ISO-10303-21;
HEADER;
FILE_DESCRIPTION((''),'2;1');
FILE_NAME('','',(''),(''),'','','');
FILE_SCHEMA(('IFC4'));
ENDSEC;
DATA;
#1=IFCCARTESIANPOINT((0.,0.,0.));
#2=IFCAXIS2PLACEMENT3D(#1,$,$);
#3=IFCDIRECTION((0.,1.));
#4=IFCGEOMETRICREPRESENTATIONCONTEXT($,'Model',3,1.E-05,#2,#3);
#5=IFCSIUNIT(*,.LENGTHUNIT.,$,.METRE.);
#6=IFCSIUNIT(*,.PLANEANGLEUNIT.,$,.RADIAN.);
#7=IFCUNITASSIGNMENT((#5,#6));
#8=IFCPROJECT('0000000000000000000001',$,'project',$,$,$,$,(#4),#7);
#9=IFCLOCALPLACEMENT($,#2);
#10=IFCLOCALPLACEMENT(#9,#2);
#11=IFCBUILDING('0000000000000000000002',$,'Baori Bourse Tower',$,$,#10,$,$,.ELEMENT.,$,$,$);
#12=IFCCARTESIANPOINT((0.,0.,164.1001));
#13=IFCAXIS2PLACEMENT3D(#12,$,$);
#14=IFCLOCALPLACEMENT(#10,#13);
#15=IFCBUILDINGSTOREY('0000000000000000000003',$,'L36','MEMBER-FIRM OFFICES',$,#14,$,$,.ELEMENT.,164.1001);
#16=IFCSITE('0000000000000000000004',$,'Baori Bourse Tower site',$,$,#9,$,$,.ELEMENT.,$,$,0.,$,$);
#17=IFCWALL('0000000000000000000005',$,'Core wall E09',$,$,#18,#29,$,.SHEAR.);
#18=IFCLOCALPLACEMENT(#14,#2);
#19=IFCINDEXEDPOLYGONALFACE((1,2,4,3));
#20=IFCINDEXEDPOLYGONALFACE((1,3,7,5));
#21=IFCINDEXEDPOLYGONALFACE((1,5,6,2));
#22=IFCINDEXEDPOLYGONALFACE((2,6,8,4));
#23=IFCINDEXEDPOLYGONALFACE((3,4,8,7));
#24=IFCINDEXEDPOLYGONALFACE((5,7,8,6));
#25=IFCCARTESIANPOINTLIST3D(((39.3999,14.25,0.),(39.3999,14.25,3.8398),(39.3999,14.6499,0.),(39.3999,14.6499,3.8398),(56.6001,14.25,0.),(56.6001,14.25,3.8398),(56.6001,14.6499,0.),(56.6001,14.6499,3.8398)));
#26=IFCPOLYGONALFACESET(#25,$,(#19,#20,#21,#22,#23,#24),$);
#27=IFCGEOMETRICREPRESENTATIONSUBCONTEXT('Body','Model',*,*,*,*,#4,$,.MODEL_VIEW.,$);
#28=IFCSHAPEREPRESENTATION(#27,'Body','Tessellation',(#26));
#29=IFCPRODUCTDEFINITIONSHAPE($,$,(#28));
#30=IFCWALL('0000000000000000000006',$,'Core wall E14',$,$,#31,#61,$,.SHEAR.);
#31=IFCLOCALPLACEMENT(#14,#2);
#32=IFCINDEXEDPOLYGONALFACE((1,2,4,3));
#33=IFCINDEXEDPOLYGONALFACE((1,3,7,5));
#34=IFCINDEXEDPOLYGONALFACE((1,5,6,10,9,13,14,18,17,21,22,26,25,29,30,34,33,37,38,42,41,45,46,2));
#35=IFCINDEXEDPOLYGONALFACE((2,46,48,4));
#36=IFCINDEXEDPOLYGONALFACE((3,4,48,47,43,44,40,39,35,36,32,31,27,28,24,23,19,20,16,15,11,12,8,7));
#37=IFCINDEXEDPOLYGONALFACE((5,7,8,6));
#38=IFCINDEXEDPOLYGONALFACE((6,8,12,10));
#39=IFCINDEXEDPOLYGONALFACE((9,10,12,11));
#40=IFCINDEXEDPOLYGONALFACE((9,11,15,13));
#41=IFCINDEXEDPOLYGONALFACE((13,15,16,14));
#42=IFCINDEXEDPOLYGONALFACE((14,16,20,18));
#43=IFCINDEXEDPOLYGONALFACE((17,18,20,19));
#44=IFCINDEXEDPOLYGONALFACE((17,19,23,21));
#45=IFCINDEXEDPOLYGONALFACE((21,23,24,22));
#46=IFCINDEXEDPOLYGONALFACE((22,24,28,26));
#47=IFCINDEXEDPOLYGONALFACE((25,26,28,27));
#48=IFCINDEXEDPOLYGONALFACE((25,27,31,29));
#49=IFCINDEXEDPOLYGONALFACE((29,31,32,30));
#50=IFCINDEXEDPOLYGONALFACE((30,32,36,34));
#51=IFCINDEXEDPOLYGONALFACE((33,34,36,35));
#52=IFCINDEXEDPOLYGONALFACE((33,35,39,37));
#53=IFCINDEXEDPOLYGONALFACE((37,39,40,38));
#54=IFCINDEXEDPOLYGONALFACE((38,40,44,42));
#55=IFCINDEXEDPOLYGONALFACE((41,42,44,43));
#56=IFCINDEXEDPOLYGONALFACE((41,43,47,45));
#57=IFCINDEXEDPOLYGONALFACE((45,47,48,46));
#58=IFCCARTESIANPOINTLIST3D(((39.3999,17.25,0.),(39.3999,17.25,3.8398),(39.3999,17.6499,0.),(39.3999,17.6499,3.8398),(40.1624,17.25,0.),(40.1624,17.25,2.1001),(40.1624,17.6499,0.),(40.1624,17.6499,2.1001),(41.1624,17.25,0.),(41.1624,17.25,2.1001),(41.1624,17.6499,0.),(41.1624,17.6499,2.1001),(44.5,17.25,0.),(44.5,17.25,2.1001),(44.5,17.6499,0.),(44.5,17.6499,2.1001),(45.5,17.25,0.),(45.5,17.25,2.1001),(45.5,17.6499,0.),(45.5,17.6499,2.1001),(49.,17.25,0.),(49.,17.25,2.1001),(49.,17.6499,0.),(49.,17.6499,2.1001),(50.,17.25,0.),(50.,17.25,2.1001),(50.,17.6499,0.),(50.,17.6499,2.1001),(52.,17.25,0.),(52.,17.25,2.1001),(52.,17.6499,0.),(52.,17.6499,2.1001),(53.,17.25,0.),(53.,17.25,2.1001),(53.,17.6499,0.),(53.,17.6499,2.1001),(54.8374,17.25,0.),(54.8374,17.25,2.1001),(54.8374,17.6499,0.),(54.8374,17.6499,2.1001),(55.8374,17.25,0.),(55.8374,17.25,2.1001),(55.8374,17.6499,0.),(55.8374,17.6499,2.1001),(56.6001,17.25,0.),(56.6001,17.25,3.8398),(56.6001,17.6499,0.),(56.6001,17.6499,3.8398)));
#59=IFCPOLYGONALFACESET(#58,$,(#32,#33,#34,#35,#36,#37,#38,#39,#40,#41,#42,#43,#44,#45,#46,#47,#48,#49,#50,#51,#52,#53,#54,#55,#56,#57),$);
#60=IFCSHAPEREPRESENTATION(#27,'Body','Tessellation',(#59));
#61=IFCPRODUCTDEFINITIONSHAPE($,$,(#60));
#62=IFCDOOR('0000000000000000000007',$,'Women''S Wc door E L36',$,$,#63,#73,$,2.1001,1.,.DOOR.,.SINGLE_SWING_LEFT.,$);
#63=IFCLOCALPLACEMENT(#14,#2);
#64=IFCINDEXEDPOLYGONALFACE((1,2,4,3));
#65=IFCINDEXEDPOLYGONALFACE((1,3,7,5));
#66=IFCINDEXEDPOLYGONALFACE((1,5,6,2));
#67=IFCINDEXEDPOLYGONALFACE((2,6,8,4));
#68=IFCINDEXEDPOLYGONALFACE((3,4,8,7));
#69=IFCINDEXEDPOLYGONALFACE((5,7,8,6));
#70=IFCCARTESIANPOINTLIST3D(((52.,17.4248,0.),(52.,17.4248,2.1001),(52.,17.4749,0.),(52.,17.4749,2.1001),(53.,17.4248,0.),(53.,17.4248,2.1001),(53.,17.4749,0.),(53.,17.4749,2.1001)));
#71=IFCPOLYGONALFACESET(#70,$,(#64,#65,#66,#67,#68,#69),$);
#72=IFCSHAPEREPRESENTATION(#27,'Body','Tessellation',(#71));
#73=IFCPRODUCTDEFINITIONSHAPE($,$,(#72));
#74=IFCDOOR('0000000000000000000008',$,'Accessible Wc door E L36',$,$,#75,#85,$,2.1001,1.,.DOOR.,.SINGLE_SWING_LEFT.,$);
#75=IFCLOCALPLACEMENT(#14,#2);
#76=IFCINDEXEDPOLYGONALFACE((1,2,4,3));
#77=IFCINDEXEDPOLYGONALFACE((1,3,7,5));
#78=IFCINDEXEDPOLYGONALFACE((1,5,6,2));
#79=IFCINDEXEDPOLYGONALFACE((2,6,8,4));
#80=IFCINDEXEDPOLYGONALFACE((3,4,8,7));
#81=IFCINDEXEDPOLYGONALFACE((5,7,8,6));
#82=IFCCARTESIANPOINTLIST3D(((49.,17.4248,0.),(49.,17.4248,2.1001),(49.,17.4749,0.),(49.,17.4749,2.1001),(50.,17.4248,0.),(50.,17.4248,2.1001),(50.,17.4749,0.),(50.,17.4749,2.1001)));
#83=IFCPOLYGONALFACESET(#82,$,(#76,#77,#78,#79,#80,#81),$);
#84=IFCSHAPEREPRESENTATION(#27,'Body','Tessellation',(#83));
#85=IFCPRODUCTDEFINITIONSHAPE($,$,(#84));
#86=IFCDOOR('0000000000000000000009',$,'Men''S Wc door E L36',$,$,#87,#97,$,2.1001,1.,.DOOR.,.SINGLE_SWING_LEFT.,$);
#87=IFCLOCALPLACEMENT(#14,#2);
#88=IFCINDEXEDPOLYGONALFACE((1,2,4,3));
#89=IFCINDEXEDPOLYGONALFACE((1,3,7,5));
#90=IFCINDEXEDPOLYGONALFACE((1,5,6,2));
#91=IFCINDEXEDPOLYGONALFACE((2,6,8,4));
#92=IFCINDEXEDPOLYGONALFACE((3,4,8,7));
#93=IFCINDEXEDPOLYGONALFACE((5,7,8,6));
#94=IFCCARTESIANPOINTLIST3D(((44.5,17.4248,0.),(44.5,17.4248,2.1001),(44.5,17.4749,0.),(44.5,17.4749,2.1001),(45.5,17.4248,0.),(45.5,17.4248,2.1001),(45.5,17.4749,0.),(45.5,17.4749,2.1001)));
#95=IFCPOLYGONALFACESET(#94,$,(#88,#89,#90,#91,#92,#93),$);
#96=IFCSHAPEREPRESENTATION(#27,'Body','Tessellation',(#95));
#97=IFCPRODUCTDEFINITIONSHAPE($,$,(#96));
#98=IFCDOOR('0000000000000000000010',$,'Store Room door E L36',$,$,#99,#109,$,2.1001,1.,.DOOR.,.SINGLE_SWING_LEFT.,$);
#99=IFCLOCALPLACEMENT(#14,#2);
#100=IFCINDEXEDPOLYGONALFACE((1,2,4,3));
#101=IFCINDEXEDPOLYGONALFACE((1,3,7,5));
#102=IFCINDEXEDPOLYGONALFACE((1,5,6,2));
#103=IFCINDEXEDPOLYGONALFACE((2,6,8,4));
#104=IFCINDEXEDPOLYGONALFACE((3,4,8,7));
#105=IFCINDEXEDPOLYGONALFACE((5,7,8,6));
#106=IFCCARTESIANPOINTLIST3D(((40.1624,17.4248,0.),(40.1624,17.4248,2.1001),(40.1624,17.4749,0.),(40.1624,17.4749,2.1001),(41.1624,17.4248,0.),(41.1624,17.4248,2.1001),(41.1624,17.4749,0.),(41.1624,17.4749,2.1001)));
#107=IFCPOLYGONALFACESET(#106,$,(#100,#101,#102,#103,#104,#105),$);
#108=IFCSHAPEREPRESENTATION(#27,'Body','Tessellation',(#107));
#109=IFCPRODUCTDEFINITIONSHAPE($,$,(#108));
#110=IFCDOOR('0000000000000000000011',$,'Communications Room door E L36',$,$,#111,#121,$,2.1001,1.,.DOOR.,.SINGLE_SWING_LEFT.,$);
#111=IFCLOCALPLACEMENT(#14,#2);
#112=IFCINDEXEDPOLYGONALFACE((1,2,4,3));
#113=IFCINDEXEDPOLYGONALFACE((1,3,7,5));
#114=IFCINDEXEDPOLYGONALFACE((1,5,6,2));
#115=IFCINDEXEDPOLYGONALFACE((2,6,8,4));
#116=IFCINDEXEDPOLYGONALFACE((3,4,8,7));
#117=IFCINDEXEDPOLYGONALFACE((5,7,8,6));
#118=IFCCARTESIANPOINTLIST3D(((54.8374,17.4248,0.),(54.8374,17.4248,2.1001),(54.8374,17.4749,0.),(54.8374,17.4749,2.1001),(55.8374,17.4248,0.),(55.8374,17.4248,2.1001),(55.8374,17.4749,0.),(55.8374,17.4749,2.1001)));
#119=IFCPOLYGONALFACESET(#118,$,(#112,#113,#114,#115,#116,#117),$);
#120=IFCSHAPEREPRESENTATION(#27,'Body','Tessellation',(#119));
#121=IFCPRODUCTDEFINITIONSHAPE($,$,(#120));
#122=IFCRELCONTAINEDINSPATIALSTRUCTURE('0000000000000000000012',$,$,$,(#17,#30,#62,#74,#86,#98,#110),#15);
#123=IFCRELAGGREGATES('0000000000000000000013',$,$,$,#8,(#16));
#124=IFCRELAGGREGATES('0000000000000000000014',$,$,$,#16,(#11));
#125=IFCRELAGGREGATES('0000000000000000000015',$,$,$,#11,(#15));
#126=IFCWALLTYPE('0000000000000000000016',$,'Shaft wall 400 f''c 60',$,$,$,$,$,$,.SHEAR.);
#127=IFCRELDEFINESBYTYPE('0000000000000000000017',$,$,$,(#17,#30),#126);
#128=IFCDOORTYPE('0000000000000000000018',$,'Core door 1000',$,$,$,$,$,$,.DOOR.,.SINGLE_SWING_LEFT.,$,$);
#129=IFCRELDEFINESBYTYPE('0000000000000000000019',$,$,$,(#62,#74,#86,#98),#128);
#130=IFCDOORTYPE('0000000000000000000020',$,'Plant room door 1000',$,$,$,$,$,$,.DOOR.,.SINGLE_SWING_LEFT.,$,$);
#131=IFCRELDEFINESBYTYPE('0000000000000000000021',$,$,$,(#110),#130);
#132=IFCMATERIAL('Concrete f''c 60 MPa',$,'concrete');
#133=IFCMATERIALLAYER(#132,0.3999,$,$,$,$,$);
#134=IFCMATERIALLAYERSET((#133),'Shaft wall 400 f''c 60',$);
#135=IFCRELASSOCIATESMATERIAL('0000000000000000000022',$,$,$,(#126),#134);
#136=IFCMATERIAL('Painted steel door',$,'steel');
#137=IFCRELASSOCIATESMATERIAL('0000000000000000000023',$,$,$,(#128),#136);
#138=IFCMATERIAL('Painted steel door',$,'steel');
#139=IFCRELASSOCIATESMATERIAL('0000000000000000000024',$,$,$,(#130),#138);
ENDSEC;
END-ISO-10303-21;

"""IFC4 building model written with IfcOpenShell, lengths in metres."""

from ifc_helpers import new_model, si_unit, direction, frame, frame_2d, origin, place, context, subcontext, project, spatial, rectangle, extrude, material, layer, layer_set, type_object, element, fill, save


model = new_model("IFC4")

# Units and contexts
model_context = context("Model", 3, precision=1e-05, world=origin(), true_north=direction((0.0, 1.0)))
body_context = subcontext(model_context, "Body", "Model", "MODEL_VIEW")
ifc_project = project(units=[si_unit("LENGTHUNIT", "METRE"), si_unit("PLANEANGLEUNIT", "RADIAN")], contexts=[model_context])

# Site, building, storey
site_placement = place(None, origin())
site = spatial("IfcSite", under=ifc_project, at=site_placement, Name="Baori Bourse Tower site", CompositionType="ELEMENT", RefElevation=0.0)
building_placement = place(site_placement, origin())
building = spatial("IfcBuilding", under=site, at=building_placement, Name="Baori Bourse Tower", CompositionType="ELEMENT")
storey_placement = place(building_placement, frame((0.0, 0.0, 164.1001)))
storey = spatial("IfcBuildingStorey", under=building, at=storey_placement, Name="L36", Description="MEMBER-FIRM OFFICES", CompositionType="ELEMENT", Elevation=164.1001)

# Wall
ifc_material_1 = material(Name="Concrete f'c 60 MPa", Category="concrete")
ifc_layer_1 = layer(ifc_material_1, 0.3999)
ifc_layer_set_1 = layer_set([ifc_layer_1], Name="Shaft wall 400 f'c 60")
wall_type_1 = type_object("IfcWallType", Name="Shaft wall 400 f'c 60", PredefinedType="SHEAR", material=ifc_layer_set_1)
wall_1_placement = place(storey_placement, frame((39.3999, 14.45, 0.0), z_axis=(0.0, 0.0, 1.0), x_axis=(1.0, 0.0, 0.0)))
element("IfcWall", 1, at=wall_1_placement, inside=storey, type_object=wall_type_1, Name="Core wall E09", PredefinedType="SHEAR", context=body_context, shape_type="SweptSolid", body=[
    extrude(rectangle(XDim=17.2002, YDim=0.3999, at=frame_2d((8.6001, 0.0))), origin(), (0.0, 0.0, 1.0), 3.8398),
])

# Wall, openings, doors
wall_2_placement = place(storey_placement, frame((39.3999, 17.45, 0.0), z_axis=(0.0, 0.0, 1.0), x_axis=(1.0, 0.0, 0.0)))
wall_2 = element("IfcWall", 2, at=wall_2_placement, inside=storey, type_object=wall_type_1, Name="Core wall E14", PredefinedType="SHEAR", context=body_context, shape_type="SweptSolid", body=[
    extrude(rectangle(XDim=17.2002, YDim=0.3999, at=frame_2d((8.6001, 0.0))), origin(), (0.0, 0.0, 1.0), 3.8398),
])
opening_1_placement = place(wall_2_placement, frame((15.4375, 0.0, 0.0)))
opening_1 = element("IfcOpeningElement", 3, at=opening_1_placement, cuts=wall_2, PredefinedType="OPENING", context=body_context, shape_type="SweptSolid", body=[
    extrude(rectangle(XDim=1.0, YDim=2.1001, at=frame_2d((0.5, 1.05))), frame((0.0, 0.21, 0.0), z_axis=(0.0, -1.0, 0.0), x_axis=(1.0, 0.0, 0.0)), (0.0, 0.0, 1.0), 0.4199),
])
opening_2_placement = place(wall_2_placement, frame((12.6001, 0.0, 0.0)))
opening_2 = element("IfcOpeningElement", 4, at=opening_2_placement, cuts=wall_2, PredefinedType="OPENING", context=body_context, shape_type="SweptSolid", body=[
    extrude(rectangle(XDim=1.0, YDim=2.1001, at=frame_2d((0.5, 1.05))), frame((0.0, 0.21, 0.0), z_axis=(0.0, -1.0, 0.0), x_axis=(1.0, 0.0, 0.0)), (0.0, 0.0, 1.0), 0.4199),
])
opening_3_placement = place(wall_2_placement, frame((9.6001, 0.0, 0.0)))
opening_3 = element("IfcOpeningElement", 5, at=opening_3_placement, cuts=wall_2, PredefinedType="OPENING", context=body_context, shape_type="SweptSolid", body=[
    extrude(rectangle(XDim=1.0, YDim=2.1001, at=frame_2d((0.5, 1.05))), frame((0.0, 0.21, 0.0), z_axis=(0.0, -1.0, 0.0), x_axis=(1.0, 0.0, 0.0)), (0.0, 0.0, 1.0), 0.4199),
])
opening_4_placement = place(wall_2_placement, frame((5.1001, 0.0, 0.0)))
opening_4 = element("IfcOpeningElement", 6, at=opening_4_placement, cuts=wall_2, PredefinedType="OPENING", context=body_context, shape_type="SweptSolid", body=[
    extrude(rectangle(XDim=1.0, YDim=2.1001, at=frame_2d((0.5, 1.05))), frame((0.0, 0.21, 0.0), z_axis=(0.0, -1.0, 0.0), x_axis=(1.0, 0.0, 0.0)), (0.0, 0.0, 1.0), 0.4199),
])
opening_5_placement = place(wall_2_placement, frame((0.7625, 0.0, 0.0)))
opening_5 = element("IfcOpeningElement", 7, at=opening_5_placement, cuts=wall_2, PredefinedType="OPENING", context=body_context, shape_type="SweptSolid", body=[
    extrude(rectangle(XDim=1.0, YDim=2.1001, at=frame_2d((0.5, 1.05))), frame((0.0, 0.21, 0.0), z_axis=(0.0, -1.0, 0.0), x_axis=(1.0, 0.0, 0.0)), (0.0, 0.0, 1.0), 0.4199),
])
ifc_material_2 = material(Name="Painted steel door", Category="steel")
door_type_1 = type_object("IfcDoorType", Name="Core door 1000", OperationType="SINGLE_SWING_LEFT", PredefinedType="DOOR", material=ifc_material_2)
door_1_placement = place(opening_2_placement, origin())
door_1 = element("IfcDoor", 8, at=door_1_placement, inside=storey, type_object=door_type_1, Name="Women'S Wc door E L36", OperationType="SINGLE_SWING_LEFT", OverallHeight=2.1001, OverallWidth=1.0, PredefinedType="DOOR", context=body_context, shape_type="SweptSolid", body=[
    extrude(rectangle(XDim=1.0, YDim=2.1001, at=frame_2d((0.5, 1.05))), frame((0.0, 0.0249, 0.0), z_axis=(0.0, -1.0, 0.0), x_axis=(1.0, 0.0, 0.0)), (0.0, 0.0, 1.0), 0.05),
])
fill(opening_2, door_1)
door_2_placement = place(opening_3_placement, origin())
door_2 = element("IfcDoor", 9, at=door_2_placement, inside=storey, type_object=door_type_1, Name="Accessible Wc door E L36", OperationType="SINGLE_SWING_LEFT", OverallHeight=2.1001, OverallWidth=1.0, PredefinedType="DOOR", context=body_context, shape_type="SweptSolid", body=[
    extrude(rectangle(XDim=1.0, YDim=2.1001, at=frame_2d((0.5, 1.05))), frame((0.0, 0.0249, 0.0), z_axis=(0.0, -1.0, 0.0), x_axis=(1.0, 0.0, 0.0)), (0.0, 0.0, 1.0), 0.05),
])
fill(opening_3, door_2)
door_3_placement = place(opening_4_placement, origin())
door_3 = element("IfcDoor", 10, at=door_3_placement, inside=storey, type_object=door_type_1, Name="Men'S Wc door E L36", OperationType="SINGLE_SWING_LEFT", OverallHeight=2.1001, OverallWidth=1.0, PredefinedType="DOOR", context=body_context, shape_type="SweptSolid", body=[
    extrude(rectangle(XDim=1.0, YDim=2.1001, at=frame_2d((0.5, 1.05))), frame((0.0, 0.0249, 0.0), z_axis=(0.0, -1.0, 0.0), x_axis=(1.0, 0.0, 0.0)), (0.0, 0.0, 1.0), 0.05),
])
fill(opening_4, door_3)
door_4_placement = place(opening_5_placement, origin())
door_4 = element("IfcDoor", 11, at=door_4_placement, inside=storey, type_object=door_type_1, Name="Store Room door E L36", OperationType="SINGLE_SWING_LEFT", OverallHeight=2.1001, OverallWidth=1.0, PredefinedType="DOOR", context=body_context, shape_type="SweptSolid", body=[
    extrude(rectangle(XDim=1.0, YDim=2.1001, at=frame_2d((0.5, 1.05))), frame((0.0, 0.0249, 0.0), z_axis=(0.0, -1.0, 0.0), x_axis=(1.0, 0.0, 0.0)), (0.0, 0.0, 1.0), 0.05),
])
fill(opening_5, door_4)
ifc_material_3 = material(Name="Painted steel door", Category="steel")
door_type_2 = type_object("IfcDoorType", Name="Plant room door 1000", OperationType="SINGLE_SWING_LEFT", PredefinedType="DOOR", material=ifc_material_3)
door_5_placement = place(opening_1_placement, origin())
door_5 = element("IfcDoor", 12, at=door_5_placement, inside=storey, type_object=door_type_2, Name="Communications Room door E L36", OperationType="SINGLE_SWING_LEFT", OverallHeight=2.1001, OverallWidth=1.0, PredefinedType="DOOR", context=body_context, shape_type="SweptSolid", body=[
    extrude(rectangle(XDim=1.0, YDim=2.1001, at=frame_2d((0.5, 1.05))), frame((0.0, 0.0249, 0.0), z_axis=(0.0, -1.0, 0.0), x_axis=(1.0, 0.0, 0.0)), (0.0, 0.0, 1.0), 0.05),
])
fill(opening_1, door_5)

save(model, "model.ifc")
